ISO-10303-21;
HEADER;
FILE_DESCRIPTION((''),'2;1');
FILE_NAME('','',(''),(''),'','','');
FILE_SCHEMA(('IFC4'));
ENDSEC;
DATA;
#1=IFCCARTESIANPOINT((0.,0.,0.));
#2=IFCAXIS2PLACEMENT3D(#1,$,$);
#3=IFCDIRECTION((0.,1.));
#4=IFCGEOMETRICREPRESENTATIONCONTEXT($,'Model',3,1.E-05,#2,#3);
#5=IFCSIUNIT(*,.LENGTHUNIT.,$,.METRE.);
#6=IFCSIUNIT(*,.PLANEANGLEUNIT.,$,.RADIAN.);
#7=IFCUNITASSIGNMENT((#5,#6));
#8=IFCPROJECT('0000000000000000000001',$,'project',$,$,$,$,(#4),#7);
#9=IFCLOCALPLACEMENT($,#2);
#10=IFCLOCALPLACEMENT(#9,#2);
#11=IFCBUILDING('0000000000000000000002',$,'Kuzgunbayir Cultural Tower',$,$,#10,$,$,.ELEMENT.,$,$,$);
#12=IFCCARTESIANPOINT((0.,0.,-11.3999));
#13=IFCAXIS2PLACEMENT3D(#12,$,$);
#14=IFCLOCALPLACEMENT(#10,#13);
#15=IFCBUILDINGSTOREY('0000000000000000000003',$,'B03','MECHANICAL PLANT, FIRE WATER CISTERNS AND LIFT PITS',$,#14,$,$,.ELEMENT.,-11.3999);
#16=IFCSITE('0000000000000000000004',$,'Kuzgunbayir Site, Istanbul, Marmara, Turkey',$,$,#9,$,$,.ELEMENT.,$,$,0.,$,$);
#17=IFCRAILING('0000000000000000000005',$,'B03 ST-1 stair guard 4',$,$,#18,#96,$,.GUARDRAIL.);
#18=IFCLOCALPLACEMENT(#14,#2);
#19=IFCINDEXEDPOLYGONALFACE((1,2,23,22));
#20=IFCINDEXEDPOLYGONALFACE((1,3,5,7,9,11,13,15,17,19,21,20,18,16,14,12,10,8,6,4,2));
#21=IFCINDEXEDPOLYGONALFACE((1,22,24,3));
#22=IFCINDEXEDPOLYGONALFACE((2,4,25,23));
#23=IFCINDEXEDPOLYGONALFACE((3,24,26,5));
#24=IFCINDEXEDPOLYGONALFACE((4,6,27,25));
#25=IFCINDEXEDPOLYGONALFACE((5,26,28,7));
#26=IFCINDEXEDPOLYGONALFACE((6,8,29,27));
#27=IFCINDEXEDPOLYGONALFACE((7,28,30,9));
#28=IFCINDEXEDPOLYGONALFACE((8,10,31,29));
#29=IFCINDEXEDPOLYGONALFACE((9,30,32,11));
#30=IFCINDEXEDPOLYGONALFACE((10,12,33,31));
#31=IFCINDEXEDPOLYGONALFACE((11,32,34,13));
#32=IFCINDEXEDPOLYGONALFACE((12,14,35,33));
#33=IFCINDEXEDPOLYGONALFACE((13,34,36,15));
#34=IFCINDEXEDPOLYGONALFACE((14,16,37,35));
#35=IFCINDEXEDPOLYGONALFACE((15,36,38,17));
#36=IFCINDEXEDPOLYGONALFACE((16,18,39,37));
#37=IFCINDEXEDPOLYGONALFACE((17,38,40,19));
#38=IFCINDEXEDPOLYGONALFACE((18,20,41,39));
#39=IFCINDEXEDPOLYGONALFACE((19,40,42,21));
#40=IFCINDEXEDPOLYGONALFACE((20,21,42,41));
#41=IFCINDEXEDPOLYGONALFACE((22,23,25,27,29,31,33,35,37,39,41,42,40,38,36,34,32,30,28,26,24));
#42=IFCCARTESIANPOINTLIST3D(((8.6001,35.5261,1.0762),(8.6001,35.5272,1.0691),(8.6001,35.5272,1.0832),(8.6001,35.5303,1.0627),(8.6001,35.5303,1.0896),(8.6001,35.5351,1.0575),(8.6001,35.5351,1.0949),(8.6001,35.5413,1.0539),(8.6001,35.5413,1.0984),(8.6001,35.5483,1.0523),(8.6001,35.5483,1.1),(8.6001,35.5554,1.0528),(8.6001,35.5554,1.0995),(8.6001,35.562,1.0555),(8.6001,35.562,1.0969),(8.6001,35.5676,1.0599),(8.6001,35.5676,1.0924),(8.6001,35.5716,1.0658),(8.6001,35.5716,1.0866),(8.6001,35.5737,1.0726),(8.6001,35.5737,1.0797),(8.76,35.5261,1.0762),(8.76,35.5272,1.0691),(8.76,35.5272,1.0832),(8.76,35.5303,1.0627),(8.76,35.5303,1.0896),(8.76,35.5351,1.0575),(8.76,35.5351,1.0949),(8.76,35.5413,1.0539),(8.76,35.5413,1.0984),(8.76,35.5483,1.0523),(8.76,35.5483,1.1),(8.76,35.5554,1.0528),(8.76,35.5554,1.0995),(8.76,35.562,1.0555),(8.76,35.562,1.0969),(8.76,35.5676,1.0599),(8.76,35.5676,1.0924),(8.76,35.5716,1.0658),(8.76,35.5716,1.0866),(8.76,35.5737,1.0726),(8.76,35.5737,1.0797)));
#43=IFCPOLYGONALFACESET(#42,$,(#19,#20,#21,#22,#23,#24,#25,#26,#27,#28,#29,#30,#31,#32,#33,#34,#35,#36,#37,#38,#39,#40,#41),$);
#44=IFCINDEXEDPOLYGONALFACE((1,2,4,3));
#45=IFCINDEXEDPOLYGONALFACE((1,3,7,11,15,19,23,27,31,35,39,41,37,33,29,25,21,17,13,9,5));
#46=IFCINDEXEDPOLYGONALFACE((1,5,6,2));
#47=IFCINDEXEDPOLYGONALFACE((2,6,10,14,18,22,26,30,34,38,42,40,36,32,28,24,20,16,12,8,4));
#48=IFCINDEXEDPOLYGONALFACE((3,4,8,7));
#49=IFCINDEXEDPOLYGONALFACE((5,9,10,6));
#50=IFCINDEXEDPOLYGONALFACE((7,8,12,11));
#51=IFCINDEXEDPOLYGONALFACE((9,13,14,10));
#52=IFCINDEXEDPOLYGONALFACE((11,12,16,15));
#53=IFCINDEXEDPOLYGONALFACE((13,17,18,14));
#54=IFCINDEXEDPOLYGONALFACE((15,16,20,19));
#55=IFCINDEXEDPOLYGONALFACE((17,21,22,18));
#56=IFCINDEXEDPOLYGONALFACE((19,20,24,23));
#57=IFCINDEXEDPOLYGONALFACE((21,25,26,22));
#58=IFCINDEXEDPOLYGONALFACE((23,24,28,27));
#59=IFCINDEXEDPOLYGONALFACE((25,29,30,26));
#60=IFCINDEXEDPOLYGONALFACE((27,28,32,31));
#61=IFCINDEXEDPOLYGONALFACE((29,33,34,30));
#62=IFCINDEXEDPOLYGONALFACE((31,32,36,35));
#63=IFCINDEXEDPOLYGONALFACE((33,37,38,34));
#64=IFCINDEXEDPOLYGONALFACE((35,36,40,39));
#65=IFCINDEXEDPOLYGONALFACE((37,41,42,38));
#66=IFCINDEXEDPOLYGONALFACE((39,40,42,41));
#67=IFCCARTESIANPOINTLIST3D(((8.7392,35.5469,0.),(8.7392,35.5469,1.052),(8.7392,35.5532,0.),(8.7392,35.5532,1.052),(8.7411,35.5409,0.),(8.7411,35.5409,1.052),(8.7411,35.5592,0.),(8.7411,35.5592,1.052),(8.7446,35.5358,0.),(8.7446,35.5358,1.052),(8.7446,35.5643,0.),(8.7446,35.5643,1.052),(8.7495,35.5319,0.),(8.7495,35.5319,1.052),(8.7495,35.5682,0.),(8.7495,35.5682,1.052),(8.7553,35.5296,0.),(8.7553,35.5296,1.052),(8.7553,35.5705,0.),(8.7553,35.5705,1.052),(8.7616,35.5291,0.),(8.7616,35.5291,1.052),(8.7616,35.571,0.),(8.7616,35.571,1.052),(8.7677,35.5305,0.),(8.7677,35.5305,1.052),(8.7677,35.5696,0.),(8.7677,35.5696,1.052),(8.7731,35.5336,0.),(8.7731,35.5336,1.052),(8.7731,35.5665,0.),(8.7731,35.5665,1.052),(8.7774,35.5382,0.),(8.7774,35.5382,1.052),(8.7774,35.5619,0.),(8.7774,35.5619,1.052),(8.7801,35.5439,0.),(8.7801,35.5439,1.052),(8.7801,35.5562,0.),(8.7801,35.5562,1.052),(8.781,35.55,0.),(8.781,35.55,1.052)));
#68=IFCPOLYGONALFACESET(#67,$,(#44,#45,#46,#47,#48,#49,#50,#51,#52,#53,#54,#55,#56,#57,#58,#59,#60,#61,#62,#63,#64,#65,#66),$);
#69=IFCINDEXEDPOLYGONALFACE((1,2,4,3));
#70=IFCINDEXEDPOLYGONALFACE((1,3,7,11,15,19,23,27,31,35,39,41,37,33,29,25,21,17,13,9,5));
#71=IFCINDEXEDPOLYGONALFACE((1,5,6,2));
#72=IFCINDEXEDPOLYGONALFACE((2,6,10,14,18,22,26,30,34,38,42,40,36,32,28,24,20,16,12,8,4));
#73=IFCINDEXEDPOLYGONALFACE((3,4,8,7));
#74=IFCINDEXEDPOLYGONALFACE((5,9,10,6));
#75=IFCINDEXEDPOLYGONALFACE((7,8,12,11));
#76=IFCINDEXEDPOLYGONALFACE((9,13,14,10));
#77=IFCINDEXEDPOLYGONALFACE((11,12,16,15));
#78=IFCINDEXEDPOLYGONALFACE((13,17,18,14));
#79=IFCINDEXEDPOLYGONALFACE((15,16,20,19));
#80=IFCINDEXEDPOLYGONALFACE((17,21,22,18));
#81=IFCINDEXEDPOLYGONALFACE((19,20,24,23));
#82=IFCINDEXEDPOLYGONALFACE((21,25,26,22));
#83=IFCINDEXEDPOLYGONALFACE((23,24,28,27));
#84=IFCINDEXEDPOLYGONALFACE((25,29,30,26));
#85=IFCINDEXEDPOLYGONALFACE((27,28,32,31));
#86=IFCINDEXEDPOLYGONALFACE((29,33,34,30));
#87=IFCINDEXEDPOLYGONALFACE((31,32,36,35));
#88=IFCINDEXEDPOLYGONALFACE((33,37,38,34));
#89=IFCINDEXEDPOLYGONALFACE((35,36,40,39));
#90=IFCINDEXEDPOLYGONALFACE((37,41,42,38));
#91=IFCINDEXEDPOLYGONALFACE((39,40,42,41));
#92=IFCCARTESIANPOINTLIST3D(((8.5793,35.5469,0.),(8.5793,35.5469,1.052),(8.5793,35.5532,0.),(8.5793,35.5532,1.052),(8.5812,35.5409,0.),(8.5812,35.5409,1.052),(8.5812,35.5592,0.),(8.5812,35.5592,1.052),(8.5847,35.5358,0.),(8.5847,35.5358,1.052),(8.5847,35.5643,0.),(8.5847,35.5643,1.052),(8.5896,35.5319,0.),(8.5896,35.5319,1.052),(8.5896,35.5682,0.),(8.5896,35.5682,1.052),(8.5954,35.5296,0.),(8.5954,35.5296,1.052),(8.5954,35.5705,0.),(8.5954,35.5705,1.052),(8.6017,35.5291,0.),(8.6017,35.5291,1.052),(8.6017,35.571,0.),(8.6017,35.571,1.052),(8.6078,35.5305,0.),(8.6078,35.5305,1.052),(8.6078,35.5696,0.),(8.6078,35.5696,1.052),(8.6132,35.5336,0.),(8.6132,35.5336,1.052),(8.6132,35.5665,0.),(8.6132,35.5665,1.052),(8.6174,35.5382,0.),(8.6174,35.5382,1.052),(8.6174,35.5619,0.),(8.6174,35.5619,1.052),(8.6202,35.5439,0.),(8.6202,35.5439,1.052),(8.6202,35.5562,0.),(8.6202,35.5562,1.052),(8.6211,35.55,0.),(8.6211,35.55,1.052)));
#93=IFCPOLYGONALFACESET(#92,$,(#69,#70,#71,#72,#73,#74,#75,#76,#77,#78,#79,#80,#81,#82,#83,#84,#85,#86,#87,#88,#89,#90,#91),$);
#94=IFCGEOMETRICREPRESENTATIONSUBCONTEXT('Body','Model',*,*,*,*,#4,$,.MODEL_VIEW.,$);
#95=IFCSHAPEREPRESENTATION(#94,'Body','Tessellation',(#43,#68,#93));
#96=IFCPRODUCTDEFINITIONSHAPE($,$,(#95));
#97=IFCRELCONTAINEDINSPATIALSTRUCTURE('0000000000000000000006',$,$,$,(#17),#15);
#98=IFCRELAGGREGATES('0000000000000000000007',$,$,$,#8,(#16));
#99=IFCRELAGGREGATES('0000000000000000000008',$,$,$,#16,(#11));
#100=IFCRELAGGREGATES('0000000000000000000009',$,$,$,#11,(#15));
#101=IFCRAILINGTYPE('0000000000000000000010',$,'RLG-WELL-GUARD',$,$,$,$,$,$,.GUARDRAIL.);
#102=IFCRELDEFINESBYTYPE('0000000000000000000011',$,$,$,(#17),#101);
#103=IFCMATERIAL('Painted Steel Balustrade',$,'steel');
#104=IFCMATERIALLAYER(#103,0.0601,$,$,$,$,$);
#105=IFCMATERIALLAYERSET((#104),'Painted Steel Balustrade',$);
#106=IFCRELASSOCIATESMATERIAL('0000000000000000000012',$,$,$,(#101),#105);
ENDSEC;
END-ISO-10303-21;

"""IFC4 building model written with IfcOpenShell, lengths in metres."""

from ifc_helpers import new_model, si_unit, direction, frame, origin, origin_2d, place, context, subcontext, project, spatial, circle, extrude, material, layer, layer_set, type_object, element, save


model = new_model("IFC4")

# Units and contexts
model_context = context("Model", 3, precision=1e-05, world=origin(), true_north=direction((0.0, 1.0)))
body_context = subcontext(model_context, "Body", "Model", "MODEL_VIEW")
ifc_project = project(units=[si_unit("LENGTHUNIT", "METRE"), si_unit("PLANEANGLEUNIT", "RADIAN")], contexts=[model_context])

# Site, building, storey
site_placement = place(None, origin())
site = spatial("IfcSite", under=ifc_project, at=site_placement, Name="Kuzgunbayir Site, Istanbul, Marmara, Turkey", CompositionType="ELEMENT", RefElevation=0.0)
building_placement = place(site_placement, origin())
building = spatial("IfcBuilding", under=site, at=building_placement, Name="Kuzgunbayir Cultural Tower", CompositionType="ELEMENT")
storey_placement = place(building_placement, frame((0.0, 0.0, -11.3999)))
storey = spatial("IfcBuildingStorey", under=building, at=storey_placement, Name="B03", Description="MECHANICAL PLANT, FIRE WATER CISTERNS AND LIFT PITS", CompositionType="ELEMENT", Elevation=-11.3999)

# Railing
ifc_material_1 = material(Name="Painted Steel Balustrade", Category="steel")
ifc_layer_1 = layer(ifc_material_1, 0.0601)
ifc_layer_set_1 = layer_set([ifc_layer_1], Name="Painted Steel Balustrade")
railing_type_1 = type_object("IfcRailingType", Name="RLG-WELL-GUARD", PredefinedType="GUARDRAIL", material=ifc_layer_set_1)
railing_1_placement = place(storey_placement, frame((8.76, 35.55, 0.0)))
element("IfcRailing", 1, at=railing_1_placement, inside=storey, type_object=railing_type_1, Name="B03 ST-1 stair guard 4", PredefinedType="GUARDRAIL", context=body_context, shape_type="SweptSolid", body=[
    extrude(circle(Radius=0.0239, at=origin_2d()), frame((0.0, 0.0, 1.0762), z_axis=(-1.0, 0.0, 0.0), x_axis=(0.0, -1.0, 0.0)), (0.0, 0.0, 1.0), 0.1599),
    extrude(circle(Radius=0.021, at=origin_2d()), origin(), (0.0, 0.0, 1.0), 1.052),
    extrude(circle(Radius=0.021, at=origin_2d()), frame((-0.1599, 0.0, 0.0)), (0.0, 0.0, 1.0), 1.052),
])

save(model, "model.ifc")
